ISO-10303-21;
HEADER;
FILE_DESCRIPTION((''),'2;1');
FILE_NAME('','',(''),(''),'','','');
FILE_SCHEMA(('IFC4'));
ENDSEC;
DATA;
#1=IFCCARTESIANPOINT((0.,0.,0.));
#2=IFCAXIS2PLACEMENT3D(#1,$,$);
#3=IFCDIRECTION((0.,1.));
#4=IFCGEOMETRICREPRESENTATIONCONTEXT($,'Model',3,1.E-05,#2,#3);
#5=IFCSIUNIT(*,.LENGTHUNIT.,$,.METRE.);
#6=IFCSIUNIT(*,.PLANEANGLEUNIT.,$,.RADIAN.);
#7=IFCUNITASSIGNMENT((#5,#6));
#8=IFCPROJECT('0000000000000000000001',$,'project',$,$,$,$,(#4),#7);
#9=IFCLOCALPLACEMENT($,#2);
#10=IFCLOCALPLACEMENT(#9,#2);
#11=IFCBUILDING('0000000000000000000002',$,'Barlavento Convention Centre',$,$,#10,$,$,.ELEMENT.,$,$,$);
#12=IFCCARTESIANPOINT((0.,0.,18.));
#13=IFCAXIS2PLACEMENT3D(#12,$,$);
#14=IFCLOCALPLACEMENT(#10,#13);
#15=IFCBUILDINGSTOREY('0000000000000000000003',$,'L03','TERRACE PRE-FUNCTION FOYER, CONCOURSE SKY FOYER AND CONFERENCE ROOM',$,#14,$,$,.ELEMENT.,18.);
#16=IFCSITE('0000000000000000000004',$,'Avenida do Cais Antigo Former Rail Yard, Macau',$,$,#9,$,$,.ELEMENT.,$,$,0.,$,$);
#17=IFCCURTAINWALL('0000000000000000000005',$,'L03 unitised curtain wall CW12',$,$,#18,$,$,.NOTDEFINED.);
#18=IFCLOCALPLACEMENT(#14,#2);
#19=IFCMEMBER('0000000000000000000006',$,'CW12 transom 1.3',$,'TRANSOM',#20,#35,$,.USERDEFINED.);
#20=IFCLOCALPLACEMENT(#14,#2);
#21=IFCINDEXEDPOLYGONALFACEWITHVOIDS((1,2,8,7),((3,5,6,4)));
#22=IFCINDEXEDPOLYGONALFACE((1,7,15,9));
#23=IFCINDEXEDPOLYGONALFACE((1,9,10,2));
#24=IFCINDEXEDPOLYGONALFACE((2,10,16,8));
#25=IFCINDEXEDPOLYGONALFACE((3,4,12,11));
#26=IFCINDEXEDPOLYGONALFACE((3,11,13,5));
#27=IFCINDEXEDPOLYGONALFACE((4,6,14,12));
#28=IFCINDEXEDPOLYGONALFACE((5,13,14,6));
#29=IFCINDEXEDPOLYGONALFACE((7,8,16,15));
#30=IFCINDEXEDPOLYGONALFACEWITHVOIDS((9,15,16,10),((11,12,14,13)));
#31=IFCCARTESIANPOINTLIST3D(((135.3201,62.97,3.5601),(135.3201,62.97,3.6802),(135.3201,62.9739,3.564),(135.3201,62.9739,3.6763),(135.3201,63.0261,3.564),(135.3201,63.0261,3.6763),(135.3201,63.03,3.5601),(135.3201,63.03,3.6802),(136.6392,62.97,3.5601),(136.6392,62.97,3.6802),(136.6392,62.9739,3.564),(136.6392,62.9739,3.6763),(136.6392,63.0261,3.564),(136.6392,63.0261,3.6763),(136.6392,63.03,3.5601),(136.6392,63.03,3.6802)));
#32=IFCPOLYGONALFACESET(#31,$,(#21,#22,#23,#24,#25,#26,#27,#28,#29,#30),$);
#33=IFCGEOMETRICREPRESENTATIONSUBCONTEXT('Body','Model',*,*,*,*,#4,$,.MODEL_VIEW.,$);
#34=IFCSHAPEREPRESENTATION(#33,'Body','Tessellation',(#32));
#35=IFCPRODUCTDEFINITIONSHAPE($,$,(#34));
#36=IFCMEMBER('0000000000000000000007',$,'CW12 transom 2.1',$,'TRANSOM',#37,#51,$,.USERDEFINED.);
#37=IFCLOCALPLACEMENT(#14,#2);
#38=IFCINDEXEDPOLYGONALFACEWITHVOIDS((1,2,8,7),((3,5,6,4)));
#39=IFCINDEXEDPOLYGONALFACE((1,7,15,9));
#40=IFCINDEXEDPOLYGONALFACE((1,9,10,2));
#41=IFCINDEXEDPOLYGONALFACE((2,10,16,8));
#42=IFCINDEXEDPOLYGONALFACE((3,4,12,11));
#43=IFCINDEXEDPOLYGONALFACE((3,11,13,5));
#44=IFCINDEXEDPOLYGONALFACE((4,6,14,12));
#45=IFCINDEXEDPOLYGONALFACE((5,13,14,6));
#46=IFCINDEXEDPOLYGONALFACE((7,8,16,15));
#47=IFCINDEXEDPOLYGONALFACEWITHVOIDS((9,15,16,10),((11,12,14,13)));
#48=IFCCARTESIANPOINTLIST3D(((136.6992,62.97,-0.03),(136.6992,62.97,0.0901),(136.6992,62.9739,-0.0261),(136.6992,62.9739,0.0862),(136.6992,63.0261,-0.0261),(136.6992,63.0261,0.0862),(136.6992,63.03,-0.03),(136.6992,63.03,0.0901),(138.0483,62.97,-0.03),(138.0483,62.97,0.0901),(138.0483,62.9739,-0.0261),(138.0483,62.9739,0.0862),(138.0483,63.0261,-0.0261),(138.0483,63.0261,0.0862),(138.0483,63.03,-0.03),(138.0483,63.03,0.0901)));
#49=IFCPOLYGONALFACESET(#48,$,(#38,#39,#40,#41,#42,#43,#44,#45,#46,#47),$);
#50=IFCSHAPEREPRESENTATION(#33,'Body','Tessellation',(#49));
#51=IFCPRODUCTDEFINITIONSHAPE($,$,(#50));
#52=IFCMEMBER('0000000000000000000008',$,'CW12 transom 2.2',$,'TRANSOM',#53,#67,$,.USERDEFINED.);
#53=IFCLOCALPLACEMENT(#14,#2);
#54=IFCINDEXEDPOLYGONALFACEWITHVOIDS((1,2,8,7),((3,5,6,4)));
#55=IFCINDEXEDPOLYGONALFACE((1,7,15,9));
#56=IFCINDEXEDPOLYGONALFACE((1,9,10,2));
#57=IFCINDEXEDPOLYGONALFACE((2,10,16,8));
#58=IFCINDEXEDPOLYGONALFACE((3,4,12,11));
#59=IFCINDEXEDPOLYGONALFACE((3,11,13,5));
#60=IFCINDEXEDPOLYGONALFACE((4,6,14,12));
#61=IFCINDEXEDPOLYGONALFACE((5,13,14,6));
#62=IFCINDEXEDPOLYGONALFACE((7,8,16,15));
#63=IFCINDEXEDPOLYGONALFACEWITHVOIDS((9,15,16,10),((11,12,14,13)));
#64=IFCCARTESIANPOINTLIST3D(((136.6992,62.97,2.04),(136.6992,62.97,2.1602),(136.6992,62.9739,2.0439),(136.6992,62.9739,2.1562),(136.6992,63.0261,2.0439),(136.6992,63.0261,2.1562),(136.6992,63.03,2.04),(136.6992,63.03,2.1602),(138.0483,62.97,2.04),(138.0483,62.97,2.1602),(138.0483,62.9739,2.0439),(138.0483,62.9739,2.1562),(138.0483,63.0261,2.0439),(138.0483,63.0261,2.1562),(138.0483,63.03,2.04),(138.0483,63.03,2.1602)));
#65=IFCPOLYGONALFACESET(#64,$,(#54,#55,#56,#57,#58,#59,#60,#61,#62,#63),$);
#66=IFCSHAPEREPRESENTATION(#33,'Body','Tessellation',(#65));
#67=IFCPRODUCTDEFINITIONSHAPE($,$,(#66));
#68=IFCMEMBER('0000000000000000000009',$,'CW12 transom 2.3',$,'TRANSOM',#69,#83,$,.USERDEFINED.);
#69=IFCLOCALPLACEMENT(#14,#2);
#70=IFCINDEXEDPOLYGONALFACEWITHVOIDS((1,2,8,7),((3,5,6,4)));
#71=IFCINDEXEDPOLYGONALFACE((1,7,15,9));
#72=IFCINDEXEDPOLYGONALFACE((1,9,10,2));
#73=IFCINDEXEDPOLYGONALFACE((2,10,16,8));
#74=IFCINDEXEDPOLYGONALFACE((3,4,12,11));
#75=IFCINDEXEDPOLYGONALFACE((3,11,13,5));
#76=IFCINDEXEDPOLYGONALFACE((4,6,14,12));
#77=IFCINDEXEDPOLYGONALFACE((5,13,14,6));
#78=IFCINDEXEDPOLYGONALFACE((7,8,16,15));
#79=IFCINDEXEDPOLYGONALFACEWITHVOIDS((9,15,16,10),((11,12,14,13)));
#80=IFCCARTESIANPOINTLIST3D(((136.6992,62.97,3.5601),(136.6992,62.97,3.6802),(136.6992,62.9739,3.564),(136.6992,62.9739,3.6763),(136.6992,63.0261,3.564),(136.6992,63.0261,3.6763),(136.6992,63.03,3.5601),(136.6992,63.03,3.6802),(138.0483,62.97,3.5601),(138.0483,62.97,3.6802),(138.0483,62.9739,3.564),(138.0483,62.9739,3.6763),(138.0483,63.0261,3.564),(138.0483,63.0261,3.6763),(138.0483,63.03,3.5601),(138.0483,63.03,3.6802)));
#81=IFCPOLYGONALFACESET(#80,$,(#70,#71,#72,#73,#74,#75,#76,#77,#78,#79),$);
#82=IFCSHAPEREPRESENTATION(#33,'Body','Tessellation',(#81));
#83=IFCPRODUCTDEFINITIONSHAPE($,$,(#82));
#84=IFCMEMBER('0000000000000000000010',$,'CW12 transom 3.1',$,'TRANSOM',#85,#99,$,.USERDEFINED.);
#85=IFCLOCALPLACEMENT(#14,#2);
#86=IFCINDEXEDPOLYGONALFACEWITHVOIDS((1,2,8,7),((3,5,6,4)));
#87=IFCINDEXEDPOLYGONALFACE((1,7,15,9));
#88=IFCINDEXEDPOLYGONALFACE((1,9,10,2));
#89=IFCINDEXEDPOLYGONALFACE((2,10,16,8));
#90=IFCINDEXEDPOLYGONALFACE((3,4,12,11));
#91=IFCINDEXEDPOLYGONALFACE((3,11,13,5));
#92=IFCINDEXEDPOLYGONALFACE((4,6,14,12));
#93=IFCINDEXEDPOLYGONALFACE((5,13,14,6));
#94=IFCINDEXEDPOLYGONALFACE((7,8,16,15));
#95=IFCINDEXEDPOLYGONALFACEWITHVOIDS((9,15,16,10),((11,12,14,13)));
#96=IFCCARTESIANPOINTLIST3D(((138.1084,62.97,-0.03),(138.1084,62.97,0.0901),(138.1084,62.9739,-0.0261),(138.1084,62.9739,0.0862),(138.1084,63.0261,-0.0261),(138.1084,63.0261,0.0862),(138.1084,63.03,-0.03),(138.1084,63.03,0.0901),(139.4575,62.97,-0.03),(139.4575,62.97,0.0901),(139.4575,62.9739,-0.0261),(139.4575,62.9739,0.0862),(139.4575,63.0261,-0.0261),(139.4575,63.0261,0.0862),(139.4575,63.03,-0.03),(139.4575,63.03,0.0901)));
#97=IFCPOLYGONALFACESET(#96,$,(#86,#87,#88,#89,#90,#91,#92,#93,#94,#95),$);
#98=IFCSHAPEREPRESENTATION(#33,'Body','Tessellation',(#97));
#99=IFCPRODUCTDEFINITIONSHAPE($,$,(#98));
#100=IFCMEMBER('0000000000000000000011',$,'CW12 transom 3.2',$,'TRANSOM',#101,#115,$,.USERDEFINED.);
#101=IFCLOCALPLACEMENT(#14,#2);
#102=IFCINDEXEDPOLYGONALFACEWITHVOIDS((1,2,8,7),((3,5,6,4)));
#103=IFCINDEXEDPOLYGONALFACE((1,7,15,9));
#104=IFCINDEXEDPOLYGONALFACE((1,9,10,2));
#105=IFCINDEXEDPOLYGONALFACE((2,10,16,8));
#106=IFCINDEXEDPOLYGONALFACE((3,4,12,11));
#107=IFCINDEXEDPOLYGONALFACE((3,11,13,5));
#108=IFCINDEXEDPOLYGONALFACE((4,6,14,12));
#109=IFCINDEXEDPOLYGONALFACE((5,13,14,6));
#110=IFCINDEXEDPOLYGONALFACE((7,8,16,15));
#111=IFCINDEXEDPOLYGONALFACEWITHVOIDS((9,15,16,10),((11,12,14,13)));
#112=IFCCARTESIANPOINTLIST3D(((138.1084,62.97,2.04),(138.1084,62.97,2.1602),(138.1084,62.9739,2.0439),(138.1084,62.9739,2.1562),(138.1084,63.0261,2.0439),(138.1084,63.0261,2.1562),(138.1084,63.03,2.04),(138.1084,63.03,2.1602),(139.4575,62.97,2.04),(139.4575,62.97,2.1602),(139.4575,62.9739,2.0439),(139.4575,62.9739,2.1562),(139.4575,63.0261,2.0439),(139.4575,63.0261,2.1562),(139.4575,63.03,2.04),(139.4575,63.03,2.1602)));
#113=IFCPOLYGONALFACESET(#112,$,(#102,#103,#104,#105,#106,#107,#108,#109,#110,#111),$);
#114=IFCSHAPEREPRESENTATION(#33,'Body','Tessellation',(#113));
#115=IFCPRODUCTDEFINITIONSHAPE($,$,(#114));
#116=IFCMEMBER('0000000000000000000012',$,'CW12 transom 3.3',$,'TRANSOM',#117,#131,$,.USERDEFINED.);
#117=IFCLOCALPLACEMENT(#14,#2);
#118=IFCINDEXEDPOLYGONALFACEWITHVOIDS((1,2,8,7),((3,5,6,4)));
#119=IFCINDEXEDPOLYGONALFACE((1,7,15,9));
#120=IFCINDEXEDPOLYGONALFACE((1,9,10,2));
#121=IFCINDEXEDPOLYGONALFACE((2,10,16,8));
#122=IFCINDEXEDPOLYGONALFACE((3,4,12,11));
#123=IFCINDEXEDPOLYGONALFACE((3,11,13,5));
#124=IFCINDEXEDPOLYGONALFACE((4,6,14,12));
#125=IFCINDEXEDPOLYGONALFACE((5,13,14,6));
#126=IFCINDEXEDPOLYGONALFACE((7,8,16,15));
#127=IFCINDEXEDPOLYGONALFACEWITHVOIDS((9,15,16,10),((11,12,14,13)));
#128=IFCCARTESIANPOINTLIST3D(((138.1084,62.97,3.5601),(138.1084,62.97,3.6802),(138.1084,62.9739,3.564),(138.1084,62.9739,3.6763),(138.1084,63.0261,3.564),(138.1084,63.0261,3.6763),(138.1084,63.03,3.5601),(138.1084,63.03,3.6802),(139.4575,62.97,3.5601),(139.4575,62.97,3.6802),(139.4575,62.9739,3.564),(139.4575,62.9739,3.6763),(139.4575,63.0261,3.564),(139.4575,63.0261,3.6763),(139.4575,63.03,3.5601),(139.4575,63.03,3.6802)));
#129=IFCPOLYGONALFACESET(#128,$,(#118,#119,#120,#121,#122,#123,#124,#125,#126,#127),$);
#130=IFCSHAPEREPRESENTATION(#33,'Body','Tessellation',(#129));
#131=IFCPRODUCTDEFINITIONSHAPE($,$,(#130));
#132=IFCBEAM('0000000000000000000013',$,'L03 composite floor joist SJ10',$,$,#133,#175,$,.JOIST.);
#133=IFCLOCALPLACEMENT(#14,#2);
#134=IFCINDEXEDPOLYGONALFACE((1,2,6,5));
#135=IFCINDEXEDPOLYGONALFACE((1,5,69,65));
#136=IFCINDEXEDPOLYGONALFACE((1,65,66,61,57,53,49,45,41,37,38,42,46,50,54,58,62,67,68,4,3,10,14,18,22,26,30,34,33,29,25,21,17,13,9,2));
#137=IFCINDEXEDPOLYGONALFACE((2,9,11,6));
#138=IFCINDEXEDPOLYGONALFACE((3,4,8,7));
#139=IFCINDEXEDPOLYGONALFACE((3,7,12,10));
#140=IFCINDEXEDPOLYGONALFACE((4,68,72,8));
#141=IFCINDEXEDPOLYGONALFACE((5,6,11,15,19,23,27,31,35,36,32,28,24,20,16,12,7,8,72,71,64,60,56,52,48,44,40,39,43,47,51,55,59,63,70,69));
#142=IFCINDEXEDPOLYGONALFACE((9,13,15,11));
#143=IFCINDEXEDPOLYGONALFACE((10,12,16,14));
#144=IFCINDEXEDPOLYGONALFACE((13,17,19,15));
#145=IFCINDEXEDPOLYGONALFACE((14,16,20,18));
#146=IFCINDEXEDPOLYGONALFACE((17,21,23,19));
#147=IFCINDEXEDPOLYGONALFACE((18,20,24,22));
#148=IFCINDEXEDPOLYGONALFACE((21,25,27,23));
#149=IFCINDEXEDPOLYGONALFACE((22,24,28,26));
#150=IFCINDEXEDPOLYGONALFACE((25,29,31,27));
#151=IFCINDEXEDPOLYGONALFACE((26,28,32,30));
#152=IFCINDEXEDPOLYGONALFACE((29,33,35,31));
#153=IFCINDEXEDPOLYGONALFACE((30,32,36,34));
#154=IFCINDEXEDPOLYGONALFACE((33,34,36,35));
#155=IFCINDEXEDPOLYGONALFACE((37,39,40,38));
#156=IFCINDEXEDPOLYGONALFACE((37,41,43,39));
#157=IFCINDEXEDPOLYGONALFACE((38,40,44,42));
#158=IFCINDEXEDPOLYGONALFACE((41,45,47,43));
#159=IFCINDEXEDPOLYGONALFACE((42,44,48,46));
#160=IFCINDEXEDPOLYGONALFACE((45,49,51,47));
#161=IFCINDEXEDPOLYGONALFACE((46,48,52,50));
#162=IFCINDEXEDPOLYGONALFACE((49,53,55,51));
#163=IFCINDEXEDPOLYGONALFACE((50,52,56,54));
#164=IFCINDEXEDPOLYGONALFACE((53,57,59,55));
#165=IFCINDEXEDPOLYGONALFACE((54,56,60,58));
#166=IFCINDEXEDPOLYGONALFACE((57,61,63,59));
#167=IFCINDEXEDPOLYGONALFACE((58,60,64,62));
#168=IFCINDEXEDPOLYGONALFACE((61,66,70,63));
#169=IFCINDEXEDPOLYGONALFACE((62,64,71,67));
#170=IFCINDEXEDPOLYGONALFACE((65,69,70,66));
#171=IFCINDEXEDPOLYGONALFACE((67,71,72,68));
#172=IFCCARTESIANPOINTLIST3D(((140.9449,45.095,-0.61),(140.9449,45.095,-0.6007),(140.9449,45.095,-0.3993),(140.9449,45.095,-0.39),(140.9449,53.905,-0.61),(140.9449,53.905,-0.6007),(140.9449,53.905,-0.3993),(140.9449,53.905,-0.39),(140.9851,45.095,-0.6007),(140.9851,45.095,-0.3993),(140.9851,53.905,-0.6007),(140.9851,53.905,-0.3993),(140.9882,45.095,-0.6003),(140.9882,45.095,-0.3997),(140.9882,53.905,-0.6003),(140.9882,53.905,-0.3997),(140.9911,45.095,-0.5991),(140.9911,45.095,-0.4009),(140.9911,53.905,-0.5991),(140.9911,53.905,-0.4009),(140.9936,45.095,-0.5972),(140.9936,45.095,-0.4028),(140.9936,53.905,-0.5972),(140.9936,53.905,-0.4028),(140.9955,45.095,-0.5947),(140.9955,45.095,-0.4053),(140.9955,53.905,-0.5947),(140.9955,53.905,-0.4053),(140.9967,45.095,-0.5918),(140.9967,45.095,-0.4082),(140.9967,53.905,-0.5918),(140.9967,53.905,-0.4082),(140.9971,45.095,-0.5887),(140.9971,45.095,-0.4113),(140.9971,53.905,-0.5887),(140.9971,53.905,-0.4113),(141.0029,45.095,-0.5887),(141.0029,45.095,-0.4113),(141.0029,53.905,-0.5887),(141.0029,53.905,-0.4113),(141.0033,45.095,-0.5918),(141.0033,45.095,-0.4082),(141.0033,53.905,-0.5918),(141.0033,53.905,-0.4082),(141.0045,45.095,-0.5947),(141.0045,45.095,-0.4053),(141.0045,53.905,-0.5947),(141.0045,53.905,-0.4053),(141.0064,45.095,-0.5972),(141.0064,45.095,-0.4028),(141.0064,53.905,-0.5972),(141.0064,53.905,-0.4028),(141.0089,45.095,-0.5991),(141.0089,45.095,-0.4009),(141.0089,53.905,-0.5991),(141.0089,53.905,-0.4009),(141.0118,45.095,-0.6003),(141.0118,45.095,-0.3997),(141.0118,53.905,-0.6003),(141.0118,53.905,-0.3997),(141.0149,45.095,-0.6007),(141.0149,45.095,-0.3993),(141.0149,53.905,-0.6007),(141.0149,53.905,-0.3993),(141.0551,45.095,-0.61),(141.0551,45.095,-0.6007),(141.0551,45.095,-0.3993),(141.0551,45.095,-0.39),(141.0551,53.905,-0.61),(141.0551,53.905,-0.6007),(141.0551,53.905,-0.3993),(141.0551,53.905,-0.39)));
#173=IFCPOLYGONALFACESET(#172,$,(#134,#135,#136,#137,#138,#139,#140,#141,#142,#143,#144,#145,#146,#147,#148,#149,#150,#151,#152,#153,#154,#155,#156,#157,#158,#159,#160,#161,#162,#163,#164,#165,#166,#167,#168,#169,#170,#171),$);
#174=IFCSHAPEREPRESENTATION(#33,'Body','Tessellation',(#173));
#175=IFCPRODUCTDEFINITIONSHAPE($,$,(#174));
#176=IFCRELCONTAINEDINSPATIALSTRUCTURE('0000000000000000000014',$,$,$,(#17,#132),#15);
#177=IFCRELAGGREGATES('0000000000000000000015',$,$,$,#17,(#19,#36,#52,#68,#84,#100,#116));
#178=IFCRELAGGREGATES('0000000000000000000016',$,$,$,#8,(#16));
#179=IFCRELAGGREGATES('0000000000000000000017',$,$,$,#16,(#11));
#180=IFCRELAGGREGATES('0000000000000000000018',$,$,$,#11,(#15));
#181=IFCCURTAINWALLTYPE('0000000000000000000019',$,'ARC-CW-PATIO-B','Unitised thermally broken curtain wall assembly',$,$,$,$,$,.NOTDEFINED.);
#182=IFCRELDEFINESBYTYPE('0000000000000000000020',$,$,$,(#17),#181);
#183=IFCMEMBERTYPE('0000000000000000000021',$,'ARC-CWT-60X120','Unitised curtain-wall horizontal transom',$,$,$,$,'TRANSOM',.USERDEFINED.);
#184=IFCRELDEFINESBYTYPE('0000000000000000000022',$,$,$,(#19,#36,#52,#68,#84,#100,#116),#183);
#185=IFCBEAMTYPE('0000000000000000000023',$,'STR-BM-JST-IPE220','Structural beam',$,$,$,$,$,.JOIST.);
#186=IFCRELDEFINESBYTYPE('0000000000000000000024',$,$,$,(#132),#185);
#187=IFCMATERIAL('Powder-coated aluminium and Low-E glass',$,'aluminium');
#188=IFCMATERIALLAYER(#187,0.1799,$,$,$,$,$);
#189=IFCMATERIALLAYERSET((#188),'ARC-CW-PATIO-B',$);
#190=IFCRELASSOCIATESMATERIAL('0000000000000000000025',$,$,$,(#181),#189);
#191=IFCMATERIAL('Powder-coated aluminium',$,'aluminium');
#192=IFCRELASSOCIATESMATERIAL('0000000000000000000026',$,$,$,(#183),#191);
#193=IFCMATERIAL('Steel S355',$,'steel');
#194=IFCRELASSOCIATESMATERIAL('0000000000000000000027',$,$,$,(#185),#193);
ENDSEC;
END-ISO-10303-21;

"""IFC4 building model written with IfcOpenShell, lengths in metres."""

from ifc_helpers import new_model, si_unit, direction, frame, origin, origin_2d, place, context, subcontext, project, spatial, hollow_rectangle, i_section, extrude, material, layer, layer_set, material_profile, profile_set, type_object, element, aggregate, save


model = new_model("IFC4")

# Units and contexts
model_context = context("Model", 3, precision=1e-05, world=origin(), true_north=direction((0.0, 1.0)))
body_context = subcontext(model_context, "Body", "Model", "MODEL_VIEW")
ifc_project = project(units=[si_unit("LENGTHUNIT", "METRE"), si_unit("PLANEANGLEUNIT", "RADIAN")], contexts=[model_context])

# Site, building, storey
site_placement = place(None, origin())
site = spatial("IfcSite", under=ifc_project, at=site_placement, Name="Avenida do Cais Antigo Former Rail Yard, Macau", CompositionType="ELEMENT", RefElevation=0.0)
building_placement = place(site_placement, origin())
building = spatial("IfcBuilding", under=site, at=building_placement, Name="Barlavento Convention Centre", CompositionType="ELEMENT")
storey_placement = place(building_placement, frame((0.0, 0.0, 18.0)))
storey = spatial("IfcBuildingStorey", under=building, at=storey_placement, Name="L03", Description="TERRACE PRE-FUNCTION FOYER, CONCOURSE SKY FOYER AND CONFERENCE ROOM", CompositionType="ELEMENT", Elevation=18.0)

# Shared definitions
ifc_material_1 = material(Name="Steel S355", Category="steel")

# Curtain wall, members
ifc_material_2 = material(Name="Powder-coated aluminium and Low-E glass", Category="aluminium")
ifc_layer_1 = layer(ifc_material_2, 0.1799)
ifc_layer_set_1 = layer_set([ifc_layer_1], Name="ARC-CW-PATIO-B")
curtain_wall_type = type_object("IfcCurtainWallType", Name="ARC-CW-PATIO-B", Description="Unitised thermally broken curtain wall assembly", PredefinedType="NOTDEFINED", material=ifc_layer_set_1)
curtain_wall_placement = place(storey_placement, origin())
curtain_wall = element("IfcCurtainWall", 1, at=curtain_wall_placement, inside=storey, type_object=curtain_wall_type, Name="L03 unitised curtain wall CW12", PredefinedType="NOTDEFINED")
ifc_material_3 = material(Name="Powder-coated aluminium", Category="aluminium")
ifc_material_profile_1 = material_profile(ifc_material_3, hollow_rectangle(XDim=0.0601, YDim=0.1201, WallThickness=0.0039, at=origin_2d()), Name="AL-TRAN 60x120x4")
ifc_profile_set_1 = profile_set([ifc_material_profile_1], Name="Powder-coated aluminium")
member_type_1 = type_object("IfcMemberType", Name="ARC-CWT-60X120", Description="Unitised curtain-wall horizontal transom", ElementType="TRANSOM", PredefinedType="USERDEFINED", material=ifc_profile_set_1)
member_1_placement = place(storey_placement, frame((135.3201, 63.0, 3.6201), z_axis=(1.0, 0.0, 0.0), x_axis=(0.0, 1.0, 0.0)))
member_1 = element("IfcMember", 2, at=member_1_placement, type_object=member_type_1, Name="CW12 transom 1.3", ObjectType="TRANSOM", PredefinedType="USERDEFINED", context=body_context, shape_type="SweptSolid", body=[
    extrude(hollow_rectangle(XDim=0.0601, YDim=0.1201, WallThickness=0.0039, at=origin_2d()), origin(), (0.0, 0.0, 1.0), 1.3191),
])
member_2_placement = place(storey_placement, frame((136.6992, 63.0, 0.03), z_axis=(1.0, 0.0, 0.0), x_axis=(0.0, 1.0, 0.0)))
member_2 = element("IfcMember", 3, at=member_2_placement, type_object=member_type_1, Name="CW12 transom 2.1", ObjectType="TRANSOM", PredefinedType="USERDEFINED", context=body_context, shape_type="SweptSolid", body=[
    extrude(hollow_rectangle(XDim=0.0601, YDim=0.1201, WallThickness=0.0039, at=origin_2d()), origin(), (0.0, 0.0, 1.0), 1.3491),
])
member_3_placement = place(storey_placement, frame((136.6992, 63.0, 2.1001), z_axis=(1.0, 0.0, 0.0), x_axis=(0.0, 1.0, 0.0)))
member_3 = element("IfcMember", 4, at=member_3_placement, type_object=member_type_1, Name="CW12 transom 2.2", ObjectType="TRANSOM", PredefinedType="USERDEFINED", context=body_context, shape_type="SweptSolid", body=[
    extrude(hollow_rectangle(XDim=0.0601, YDim=0.1201, WallThickness=0.0039, at=origin_2d()), origin(), (0.0, 0.0, 1.0), 1.3491),
])
member_4_placement = place(storey_placement, frame((136.6992, 63.0, 3.6201), z_axis=(1.0, 0.0, 0.0), x_axis=(0.0, 1.0, 0.0)))
member_4 = element("IfcMember", 5, at=member_4_placement, type_object=member_type_1, Name="CW12 transom 2.3", ObjectType="TRANSOM", PredefinedType="USERDEFINED", context=body_context, shape_type="SweptSolid", body=[
    extrude(hollow_rectangle(XDim=0.0601, YDim=0.1201, WallThickness=0.0039, at=origin_2d()), origin(), (0.0, 0.0, 1.0), 1.3491),
])
member_5_placement = place(storey_placement, frame((138.1084, 63.0, 0.03), z_axis=(1.0, 0.0, 0.0), x_axis=(0.0, 1.0, 0.0)))
member_5 = element("IfcMember", 6, at=member_5_placement, type_object=member_type_1, Name="CW12 transom 3.1", ObjectType="TRANSOM", PredefinedType="USERDEFINED", context=body_context, shape_type="SweptSolid", body=[
    extrude(hollow_rectangle(XDim=0.0601, YDim=0.1201, WallThickness=0.0039, at=origin_2d()), origin(), (0.0, 0.0, 1.0), 1.3491),
])
member_6_placement = place(storey_placement, frame((138.1084, 63.0, 2.1001), z_axis=(1.0, 0.0, 0.0), x_axis=(0.0, 1.0, 0.0)))
member_6 = element("IfcMember", 7, at=member_6_placement, type_object=member_type_1, Name="CW12 transom 3.2", ObjectType="TRANSOM", PredefinedType="USERDEFINED", context=body_context, shape_type="SweptSolid", body=[
    extrude(hollow_rectangle(XDim=0.0601, YDim=0.1201, WallThickness=0.0039, at=origin_2d()), origin(), (0.0, 0.0, 1.0), 1.3491),
])
member_7_placement = place(storey_placement, frame((138.1084, 63.0, 3.6201), z_axis=(1.0, 0.0, 0.0), x_axis=(0.0, 1.0, 0.0)))
member_7 = element("IfcMember", 8, at=member_7_placement, type_object=member_type_1, Name="CW12 transom 3.3", ObjectType="TRANSOM", PredefinedType="USERDEFINED", context=body_context, shape_type="SweptSolid", body=[
    extrude(hollow_rectangle(XDim=0.0601, YDim=0.1201, WallThickness=0.0039, at=origin_2d()), origin(), (0.0, 0.0, 1.0), 1.3491),
])

# Beam
ifc_material_profile_2 = material_profile(ifc_material_1, i_section(OverallWidth=0.1101, OverallDepth=0.22, WebThickness=0.0059, FlangeThickness=0.0093, FilletRadius=0.012, at=origin_2d()), Name="IPE 220")
ifc_profile_set_2 = profile_set([ifc_material_profile_2], Name="Steel S355")
beam_type_1 = type_object("IfcBeamType", Name="STR-BM-JST-IPE220", Description="Structural beam", PredefinedType="JOIST", material=ifc_profile_set_2)
beam_1_placement = place(storey_placement, frame((141.0, 45.095, -0.5), z_axis=(0.0, 1.0, 0.0), x_axis=(-1.0, 0.0, 0.0)))
element("IfcBeam", 9, at=beam_1_placement, inside=storey, type_object=beam_type_1, Name="L03 composite floor joist SJ10", PredefinedType="JOIST", context=body_context, shape_type="SweptSolid", body=[
    extrude(i_section(OverallWidth=0.1101, OverallDepth=0.22, WebThickness=0.0059, FlangeThickness=0.0093, FilletRadius=0.012, at=origin_2d()), origin(), (0.0, 0.0, 1.0), 8.8101),
])

aggregate(curtain_wall, [member_1, member_2, member_3, member_4, member_5, member_6, member_7])

save(model, "model.ifc")
